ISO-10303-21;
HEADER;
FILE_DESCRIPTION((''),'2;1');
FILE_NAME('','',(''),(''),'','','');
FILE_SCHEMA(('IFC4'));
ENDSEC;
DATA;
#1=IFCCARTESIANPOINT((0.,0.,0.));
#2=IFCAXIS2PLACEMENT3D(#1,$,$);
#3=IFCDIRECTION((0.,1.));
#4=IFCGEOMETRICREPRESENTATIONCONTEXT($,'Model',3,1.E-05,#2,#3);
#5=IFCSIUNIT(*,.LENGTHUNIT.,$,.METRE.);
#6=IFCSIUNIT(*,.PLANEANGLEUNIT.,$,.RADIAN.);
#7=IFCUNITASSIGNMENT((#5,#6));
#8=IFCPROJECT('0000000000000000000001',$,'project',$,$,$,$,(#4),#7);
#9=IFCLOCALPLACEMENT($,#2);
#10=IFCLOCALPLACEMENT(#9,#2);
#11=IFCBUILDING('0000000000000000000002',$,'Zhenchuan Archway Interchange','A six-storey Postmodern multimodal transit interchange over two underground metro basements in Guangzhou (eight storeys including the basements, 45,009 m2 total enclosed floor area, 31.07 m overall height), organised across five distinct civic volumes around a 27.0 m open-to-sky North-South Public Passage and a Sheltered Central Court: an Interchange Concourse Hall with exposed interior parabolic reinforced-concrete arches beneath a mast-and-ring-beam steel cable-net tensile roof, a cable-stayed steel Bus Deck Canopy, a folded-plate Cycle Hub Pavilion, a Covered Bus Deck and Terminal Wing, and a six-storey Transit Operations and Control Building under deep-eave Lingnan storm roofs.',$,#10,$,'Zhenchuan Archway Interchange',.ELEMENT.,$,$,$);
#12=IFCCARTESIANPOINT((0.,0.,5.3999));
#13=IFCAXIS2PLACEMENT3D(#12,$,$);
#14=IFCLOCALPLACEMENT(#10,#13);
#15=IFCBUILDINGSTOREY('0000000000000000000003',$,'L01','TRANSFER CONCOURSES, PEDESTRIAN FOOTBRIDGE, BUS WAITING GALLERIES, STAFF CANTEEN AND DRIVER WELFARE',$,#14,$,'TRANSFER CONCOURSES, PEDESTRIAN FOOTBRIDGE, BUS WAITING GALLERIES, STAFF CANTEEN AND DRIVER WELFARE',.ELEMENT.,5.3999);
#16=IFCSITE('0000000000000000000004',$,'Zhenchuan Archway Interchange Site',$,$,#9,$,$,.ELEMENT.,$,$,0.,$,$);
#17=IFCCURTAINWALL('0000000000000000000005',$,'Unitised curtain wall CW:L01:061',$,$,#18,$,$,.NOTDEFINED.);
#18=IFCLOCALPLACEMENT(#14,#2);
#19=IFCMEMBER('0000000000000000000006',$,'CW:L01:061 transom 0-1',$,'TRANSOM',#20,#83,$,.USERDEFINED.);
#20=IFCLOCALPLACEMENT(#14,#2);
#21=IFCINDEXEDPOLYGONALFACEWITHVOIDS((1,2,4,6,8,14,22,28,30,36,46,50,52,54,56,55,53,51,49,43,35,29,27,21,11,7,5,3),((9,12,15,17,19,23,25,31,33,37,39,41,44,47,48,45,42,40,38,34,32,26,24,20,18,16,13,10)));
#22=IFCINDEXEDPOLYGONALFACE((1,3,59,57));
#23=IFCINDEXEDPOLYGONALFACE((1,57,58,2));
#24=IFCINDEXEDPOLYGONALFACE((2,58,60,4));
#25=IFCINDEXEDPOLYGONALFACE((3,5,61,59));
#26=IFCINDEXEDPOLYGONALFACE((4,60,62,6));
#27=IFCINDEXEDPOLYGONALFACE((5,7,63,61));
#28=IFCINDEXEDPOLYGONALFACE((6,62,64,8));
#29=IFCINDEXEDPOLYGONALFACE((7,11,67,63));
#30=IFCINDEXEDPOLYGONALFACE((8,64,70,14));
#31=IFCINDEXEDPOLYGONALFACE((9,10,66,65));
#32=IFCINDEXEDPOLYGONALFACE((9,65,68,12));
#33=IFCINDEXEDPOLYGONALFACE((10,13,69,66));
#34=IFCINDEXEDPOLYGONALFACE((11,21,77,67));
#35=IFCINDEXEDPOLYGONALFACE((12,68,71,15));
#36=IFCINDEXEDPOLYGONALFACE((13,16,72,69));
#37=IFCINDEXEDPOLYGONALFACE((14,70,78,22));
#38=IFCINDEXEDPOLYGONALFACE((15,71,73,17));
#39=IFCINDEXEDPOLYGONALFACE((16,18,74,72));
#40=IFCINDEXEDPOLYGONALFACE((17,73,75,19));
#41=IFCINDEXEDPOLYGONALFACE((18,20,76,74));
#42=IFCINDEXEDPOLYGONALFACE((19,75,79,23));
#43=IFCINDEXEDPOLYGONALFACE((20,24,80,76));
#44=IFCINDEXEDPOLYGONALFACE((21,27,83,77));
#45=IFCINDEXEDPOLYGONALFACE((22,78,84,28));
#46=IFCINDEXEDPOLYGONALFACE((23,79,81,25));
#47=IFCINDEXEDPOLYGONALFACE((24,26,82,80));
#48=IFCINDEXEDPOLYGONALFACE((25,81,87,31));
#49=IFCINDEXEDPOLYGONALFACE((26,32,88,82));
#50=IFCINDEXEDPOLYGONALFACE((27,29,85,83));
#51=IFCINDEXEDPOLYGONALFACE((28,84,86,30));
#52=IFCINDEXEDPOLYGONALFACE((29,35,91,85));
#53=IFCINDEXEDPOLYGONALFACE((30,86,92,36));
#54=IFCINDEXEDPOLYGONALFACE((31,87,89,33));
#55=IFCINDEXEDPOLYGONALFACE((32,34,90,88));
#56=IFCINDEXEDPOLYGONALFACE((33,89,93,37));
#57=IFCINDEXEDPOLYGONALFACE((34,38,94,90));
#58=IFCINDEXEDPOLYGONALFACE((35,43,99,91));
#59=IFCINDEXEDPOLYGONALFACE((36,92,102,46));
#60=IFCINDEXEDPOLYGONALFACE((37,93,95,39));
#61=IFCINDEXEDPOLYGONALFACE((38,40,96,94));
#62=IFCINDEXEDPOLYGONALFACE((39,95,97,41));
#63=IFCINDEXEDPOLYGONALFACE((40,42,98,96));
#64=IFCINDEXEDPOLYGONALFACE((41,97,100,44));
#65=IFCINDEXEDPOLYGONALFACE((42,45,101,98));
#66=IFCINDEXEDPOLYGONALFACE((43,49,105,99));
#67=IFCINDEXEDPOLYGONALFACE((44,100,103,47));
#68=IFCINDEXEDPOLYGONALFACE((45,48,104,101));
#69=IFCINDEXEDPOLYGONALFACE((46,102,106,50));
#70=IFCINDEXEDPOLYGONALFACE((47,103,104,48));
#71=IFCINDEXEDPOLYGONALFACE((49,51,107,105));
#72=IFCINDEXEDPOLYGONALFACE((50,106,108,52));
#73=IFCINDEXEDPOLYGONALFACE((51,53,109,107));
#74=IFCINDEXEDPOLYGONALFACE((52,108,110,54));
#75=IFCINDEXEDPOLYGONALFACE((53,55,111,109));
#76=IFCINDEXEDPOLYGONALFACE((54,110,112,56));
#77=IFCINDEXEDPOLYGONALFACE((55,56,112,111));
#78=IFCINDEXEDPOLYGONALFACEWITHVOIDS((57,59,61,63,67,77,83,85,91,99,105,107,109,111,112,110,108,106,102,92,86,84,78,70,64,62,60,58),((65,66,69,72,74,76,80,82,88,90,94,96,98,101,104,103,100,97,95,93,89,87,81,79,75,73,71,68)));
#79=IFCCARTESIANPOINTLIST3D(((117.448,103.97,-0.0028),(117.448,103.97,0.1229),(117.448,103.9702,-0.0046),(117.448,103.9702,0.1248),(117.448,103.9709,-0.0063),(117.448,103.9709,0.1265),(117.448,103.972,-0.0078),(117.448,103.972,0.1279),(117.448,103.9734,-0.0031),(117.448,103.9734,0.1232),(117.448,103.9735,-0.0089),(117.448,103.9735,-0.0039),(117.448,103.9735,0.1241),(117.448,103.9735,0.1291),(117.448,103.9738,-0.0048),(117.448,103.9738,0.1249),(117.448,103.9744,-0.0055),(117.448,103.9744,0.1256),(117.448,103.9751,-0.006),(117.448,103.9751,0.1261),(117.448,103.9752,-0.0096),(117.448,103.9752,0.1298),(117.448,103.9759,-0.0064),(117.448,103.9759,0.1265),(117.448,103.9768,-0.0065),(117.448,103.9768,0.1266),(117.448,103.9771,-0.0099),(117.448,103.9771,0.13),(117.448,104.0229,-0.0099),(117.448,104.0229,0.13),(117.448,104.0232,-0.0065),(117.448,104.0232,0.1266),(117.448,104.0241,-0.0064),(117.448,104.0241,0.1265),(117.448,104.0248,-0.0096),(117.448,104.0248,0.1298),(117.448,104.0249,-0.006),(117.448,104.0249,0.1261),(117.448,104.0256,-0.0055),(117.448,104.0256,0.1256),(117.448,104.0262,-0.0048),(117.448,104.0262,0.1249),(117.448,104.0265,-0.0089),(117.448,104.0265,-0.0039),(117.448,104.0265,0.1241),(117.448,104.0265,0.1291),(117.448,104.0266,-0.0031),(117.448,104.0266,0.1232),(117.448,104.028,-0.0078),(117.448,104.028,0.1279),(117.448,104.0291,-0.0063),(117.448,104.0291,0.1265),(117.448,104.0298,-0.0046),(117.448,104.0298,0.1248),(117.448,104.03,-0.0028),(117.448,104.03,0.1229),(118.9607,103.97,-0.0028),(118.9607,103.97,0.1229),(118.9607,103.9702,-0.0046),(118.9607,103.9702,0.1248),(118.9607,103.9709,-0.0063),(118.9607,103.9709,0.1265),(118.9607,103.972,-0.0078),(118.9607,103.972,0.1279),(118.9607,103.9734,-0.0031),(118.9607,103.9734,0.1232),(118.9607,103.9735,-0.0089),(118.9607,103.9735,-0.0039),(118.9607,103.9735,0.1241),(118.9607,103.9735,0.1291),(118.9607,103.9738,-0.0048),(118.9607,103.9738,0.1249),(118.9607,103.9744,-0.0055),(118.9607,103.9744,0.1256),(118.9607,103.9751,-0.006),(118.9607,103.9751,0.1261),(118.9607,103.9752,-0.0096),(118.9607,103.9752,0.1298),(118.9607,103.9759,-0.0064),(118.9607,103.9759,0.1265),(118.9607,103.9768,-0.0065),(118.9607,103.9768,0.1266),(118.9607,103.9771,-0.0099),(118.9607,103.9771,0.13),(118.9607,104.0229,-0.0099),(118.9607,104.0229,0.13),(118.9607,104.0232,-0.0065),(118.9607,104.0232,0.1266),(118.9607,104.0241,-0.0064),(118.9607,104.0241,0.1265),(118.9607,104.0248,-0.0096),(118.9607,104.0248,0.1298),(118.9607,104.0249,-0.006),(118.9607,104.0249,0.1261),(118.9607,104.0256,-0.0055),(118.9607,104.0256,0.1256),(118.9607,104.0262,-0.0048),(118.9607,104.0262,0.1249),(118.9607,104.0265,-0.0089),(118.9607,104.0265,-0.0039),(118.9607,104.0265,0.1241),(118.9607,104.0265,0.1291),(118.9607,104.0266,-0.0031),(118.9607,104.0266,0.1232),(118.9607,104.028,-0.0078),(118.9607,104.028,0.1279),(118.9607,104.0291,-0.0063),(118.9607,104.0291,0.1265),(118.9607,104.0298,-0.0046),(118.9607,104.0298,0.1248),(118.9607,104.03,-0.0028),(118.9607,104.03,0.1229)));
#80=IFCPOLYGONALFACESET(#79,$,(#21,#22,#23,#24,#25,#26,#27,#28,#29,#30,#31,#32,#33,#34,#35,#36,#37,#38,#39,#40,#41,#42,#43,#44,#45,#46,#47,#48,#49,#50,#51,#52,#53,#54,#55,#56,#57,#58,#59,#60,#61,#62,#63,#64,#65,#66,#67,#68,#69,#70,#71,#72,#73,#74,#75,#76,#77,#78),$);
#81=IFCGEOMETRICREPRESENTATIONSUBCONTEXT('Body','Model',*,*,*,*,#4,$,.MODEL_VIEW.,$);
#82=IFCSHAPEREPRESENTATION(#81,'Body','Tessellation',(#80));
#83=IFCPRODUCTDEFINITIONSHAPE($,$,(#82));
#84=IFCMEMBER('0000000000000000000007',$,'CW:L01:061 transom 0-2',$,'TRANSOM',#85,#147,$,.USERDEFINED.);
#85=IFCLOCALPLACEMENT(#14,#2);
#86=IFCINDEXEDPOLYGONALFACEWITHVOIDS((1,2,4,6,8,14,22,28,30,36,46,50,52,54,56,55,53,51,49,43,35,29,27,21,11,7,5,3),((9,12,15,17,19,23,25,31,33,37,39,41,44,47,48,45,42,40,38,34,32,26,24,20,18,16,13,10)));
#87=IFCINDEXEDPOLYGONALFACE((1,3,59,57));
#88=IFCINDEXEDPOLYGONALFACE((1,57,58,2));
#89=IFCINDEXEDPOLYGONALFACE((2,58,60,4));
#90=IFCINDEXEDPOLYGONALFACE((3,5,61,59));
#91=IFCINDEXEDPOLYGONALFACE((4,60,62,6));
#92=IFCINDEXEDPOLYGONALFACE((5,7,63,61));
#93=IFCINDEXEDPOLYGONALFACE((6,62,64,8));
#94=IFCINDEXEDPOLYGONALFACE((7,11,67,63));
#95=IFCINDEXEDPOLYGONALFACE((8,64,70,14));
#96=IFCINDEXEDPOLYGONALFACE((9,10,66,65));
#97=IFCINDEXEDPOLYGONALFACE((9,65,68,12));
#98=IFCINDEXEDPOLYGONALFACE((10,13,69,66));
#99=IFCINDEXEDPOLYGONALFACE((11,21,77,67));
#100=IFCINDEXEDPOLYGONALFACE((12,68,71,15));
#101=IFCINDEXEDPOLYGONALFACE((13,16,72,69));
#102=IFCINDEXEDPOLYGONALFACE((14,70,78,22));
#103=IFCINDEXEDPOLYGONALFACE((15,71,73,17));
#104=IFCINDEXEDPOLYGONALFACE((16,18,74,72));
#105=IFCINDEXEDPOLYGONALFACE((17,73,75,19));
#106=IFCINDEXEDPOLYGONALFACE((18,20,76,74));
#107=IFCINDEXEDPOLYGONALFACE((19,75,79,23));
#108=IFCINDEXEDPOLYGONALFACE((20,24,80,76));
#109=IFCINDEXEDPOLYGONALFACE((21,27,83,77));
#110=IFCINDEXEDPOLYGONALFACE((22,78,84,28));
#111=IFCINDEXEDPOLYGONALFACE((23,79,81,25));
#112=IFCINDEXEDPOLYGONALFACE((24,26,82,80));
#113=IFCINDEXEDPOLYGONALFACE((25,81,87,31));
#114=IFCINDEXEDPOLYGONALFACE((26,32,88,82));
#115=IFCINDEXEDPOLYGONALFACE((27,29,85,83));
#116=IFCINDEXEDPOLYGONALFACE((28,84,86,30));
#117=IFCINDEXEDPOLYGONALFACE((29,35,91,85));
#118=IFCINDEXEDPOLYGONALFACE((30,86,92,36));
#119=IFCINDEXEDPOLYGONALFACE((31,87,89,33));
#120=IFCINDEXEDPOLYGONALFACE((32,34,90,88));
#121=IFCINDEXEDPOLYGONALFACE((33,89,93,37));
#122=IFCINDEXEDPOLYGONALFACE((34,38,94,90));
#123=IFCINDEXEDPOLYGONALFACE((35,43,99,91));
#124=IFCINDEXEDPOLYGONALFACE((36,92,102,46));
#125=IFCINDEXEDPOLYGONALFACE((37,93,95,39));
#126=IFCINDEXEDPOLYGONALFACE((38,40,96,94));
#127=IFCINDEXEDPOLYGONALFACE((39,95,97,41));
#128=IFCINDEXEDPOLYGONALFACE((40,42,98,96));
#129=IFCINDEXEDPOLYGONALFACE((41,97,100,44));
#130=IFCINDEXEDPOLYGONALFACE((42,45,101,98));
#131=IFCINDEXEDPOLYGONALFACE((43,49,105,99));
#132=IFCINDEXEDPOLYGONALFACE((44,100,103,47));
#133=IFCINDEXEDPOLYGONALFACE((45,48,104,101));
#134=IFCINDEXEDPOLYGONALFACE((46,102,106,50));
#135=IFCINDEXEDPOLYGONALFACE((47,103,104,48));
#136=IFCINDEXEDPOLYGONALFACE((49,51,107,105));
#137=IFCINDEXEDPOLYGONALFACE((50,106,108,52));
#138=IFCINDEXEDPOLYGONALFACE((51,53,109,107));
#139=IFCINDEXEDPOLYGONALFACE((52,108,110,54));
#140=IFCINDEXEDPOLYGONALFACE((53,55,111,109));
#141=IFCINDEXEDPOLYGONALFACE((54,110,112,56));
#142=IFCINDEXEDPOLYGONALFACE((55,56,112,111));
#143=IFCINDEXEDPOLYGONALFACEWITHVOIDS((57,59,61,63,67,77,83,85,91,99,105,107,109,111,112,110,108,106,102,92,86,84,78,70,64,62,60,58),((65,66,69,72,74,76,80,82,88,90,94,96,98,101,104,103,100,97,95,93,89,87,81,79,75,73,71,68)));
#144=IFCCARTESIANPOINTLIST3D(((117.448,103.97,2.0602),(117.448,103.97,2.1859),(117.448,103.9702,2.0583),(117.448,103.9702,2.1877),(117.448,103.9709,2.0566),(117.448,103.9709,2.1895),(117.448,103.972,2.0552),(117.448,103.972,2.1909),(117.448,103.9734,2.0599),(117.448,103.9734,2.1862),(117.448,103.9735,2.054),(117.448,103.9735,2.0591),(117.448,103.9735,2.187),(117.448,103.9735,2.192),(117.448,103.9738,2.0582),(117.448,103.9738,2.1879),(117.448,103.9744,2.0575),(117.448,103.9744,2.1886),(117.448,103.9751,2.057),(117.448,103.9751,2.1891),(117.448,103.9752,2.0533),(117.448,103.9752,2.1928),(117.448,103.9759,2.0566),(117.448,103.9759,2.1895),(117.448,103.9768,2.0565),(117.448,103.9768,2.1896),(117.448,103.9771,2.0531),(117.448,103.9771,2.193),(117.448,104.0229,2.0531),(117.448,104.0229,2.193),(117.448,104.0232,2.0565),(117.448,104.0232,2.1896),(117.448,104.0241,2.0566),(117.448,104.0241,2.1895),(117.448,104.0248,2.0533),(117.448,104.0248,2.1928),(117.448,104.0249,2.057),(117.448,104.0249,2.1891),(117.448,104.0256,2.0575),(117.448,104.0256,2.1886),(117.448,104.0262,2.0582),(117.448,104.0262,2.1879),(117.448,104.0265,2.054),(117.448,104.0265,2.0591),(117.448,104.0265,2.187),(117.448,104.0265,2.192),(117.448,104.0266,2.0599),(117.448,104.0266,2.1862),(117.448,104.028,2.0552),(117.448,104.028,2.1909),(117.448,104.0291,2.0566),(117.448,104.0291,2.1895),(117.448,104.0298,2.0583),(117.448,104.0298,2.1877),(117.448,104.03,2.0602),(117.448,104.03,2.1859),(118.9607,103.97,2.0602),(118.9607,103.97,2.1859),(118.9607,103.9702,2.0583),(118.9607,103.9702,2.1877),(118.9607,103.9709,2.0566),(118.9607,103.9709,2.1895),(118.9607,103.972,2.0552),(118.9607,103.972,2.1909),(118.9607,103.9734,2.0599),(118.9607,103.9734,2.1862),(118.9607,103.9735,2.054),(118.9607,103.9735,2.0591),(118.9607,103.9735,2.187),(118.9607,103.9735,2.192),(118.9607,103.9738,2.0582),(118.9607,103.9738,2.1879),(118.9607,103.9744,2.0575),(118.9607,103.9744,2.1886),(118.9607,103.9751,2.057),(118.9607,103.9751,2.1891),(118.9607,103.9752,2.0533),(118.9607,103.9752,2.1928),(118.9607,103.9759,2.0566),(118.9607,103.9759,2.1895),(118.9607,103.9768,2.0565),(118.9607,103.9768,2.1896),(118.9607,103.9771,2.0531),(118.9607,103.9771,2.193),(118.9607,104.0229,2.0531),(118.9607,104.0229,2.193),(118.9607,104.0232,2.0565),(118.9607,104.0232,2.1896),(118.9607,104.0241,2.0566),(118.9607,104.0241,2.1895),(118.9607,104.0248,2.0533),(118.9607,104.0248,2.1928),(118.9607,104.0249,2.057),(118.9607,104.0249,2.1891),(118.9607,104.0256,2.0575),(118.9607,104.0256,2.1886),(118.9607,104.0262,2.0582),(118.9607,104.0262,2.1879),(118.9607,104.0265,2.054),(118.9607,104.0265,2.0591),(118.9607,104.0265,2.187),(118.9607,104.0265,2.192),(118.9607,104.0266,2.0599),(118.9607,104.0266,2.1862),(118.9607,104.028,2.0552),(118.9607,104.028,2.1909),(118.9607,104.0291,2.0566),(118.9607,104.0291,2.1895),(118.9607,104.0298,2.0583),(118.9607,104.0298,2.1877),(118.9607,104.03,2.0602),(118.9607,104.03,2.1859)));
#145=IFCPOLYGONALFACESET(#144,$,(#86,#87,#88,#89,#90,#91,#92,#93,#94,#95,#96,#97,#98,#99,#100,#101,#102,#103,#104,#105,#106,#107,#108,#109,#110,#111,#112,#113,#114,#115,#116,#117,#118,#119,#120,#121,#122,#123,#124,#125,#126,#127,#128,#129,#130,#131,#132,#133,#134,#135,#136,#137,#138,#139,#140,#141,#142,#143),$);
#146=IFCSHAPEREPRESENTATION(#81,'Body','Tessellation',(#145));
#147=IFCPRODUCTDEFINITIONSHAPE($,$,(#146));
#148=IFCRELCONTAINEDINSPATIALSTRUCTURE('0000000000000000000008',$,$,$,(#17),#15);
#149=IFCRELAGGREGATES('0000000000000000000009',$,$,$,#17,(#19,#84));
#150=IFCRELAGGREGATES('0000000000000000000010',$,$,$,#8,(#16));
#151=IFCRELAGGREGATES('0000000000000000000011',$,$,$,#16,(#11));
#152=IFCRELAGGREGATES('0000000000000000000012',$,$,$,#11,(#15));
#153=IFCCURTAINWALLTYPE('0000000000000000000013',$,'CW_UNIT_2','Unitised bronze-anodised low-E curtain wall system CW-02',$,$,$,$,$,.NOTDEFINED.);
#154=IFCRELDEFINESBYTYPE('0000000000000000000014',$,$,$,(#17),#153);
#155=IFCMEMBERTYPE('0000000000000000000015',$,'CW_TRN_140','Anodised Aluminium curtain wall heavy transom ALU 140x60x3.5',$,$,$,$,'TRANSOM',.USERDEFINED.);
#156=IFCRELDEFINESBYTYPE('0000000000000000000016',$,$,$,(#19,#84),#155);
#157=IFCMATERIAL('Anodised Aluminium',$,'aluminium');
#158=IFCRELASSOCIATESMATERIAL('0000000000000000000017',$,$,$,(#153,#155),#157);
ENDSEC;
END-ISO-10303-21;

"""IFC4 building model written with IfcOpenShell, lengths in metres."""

from ifc_helpers import new_model, si_unit, direction, frame, origin, origin_2d, place, context, subcontext, project, spatial, hollow_rectangle, extrude, material, material_profile, profile_set, type_object, element, aggregate, save


model = new_model("IFC4")

# Units and contexts
model_context = context("Model", 3, precision=1e-05, world=origin(), true_north=direction((0.0, 1.0)))
body_context = subcontext(model_context, "Body", "Model", "MODEL_VIEW")
ifc_project = project(units=[si_unit("LENGTHUNIT", "METRE"), si_unit("PLANEANGLEUNIT", "RADIAN")], contexts=[model_context])

# Site, building, storey
site_placement = place(None, origin())
site = spatial("IfcSite", under=ifc_project, at=site_placement, Name="Zhenchuan Archway Interchange Site", CompositionType="ELEMENT", RefElevation=0.0)
building_placement = place(site_placement, origin())
building = spatial("IfcBuilding", under=site, at=building_placement, Name="Zhenchuan Archway Interchange", Description="A six-storey Postmodern multimodal transit interchange over two underground metro basements in Guangzhou (eight storeys including the basements, 45,009 m2 total enclosed floor area, 31.07 m overall height), organised across five distinct civic volumes around a 27.0 m open-to-sky North-South Public Passage and a Sheltered Central Court: an Interchange Concourse Hall with exposed interior parabolic reinforced-concrete arches beneath a mast-and-ring-beam steel cable-net tensile roof, a cable-stayed steel Bus Deck Canopy, a folded-plate Cycle Hub Pavilion, a Covered Bus Deck and Terminal Wing, and a six-storey Transit Operations and Control Building under deep-eave Lingnan storm roofs.", LongName="Zhenchuan Archway Interchange", CompositionType="ELEMENT")
storey_placement = place(building_placement, frame((0.0, 0.0, 5.3999)))
storey = spatial("IfcBuildingStorey", under=building, at=storey_placement, Name="L01", Description="TRANSFER CONCOURSES, PEDESTRIAN FOOTBRIDGE, BUS WAITING GALLERIES, STAFF CANTEEN AND DRIVER WELFARE", LongName="TRANSFER CONCOURSES, PEDESTRIAN FOOTBRIDGE, BUS WAITING GALLERIES, STAFF CANTEEN AND DRIVER WELFARE", CompositionType="ELEMENT", Elevation=5.3999)

# Curtain wall, members
ifc_material_1 = material(Name="Anodised Aluminium", Category="aluminium")
curtain_wall_type = type_object("IfcCurtainWallType", Name="CW_UNIT_2", Description="Unitised bronze-anodised low-E curtain wall system CW-02", PredefinedType="NOTDEFINED", material=ifc_material_1)
curtain_wall_placement = place(storey_placement, origin())
curtain_wall = element("IfcCurtainWall", 1, at=curtain_wall_placement, inside=storey, type_object=curtain_wall_type, Name="Unitised curtain wall CW:L01:061", PredefinedType="NOTDEFINED")
ifc_material_profile_1 = material_profile(ifc_material_1, hollow_rectangle(XDim=0.0601, YDim=0.1399, WallThickness=0.0034, InnerFilletRadius=0.0034, OuterFilletRadius=0.0071, at=origin_2d()), Name="ALU 140x60x3.5")
ifc_profile_set_1 = profile_set([ifc_material_profile_1], Name="Anodised Aluminium")
member_type_1 = type_object("IfcMemberType", Name="CW_TRN_140", Description="Anodised Aluminium curtain wall heavy transom ALU 140x60x3.5", ElementType="TRANSOM", PredefinedType="USERDEFINED", material=ifc_profile_set_1)
member_1_placement = place(storey_placement, frame((117.448, 104.0, 0.0601), z_axis=(1.0, 0.0, 0.0), x_axis=(0.0, 1.0, 0.0)))
member_1 = element("IfcMember", 2, at=member_1_placement, type_object=member_type_1, Name="CW:L01:061 transom 0-1", ObjectType="TRANSOM", PredefinedType="USERDEFINED", context=body_context, shape_type="SweptSolid", body=[
    extrude(hollow_rectangle(XDim=0.0601, YDim=0.1399, WallThickness=0.0034, InnerFilletRadius=0.0034, OuterFilletRadius=0.0071, at=origin_2d()), origin(), (0.0, 0.0, 1.0), 1.5127),
])
member_2_placement = place(storey_placement, frame((117.448, 104.0, 2.123), z_axis=(1.0, 0.0, 0.0), x_axis=(0.0, 1.0, 0.0)))
member_2 = element("IfcMember", 3, at=member_2_placement, type_object=member_type_1, Name="CW:L01:061 transom 0-2", ObjectType="TRANSOM", PredefinedType="USERDEFINED", context=body_context, shape_type="SweptSolid", body=[
    extrude(hollow_rectangle(XDim=0.0601, YDim=0.1399, WallThickness=0.0034, InnerFilletRadius=0.0034, OuterFilletRadius=0.0071, at=origin_2d()), origin(), (0.0, 0.0, 1.0), 1.5127),
])

aggregate(curtain_wall, [member_1, member_2])

save(model, "model.ifc")
